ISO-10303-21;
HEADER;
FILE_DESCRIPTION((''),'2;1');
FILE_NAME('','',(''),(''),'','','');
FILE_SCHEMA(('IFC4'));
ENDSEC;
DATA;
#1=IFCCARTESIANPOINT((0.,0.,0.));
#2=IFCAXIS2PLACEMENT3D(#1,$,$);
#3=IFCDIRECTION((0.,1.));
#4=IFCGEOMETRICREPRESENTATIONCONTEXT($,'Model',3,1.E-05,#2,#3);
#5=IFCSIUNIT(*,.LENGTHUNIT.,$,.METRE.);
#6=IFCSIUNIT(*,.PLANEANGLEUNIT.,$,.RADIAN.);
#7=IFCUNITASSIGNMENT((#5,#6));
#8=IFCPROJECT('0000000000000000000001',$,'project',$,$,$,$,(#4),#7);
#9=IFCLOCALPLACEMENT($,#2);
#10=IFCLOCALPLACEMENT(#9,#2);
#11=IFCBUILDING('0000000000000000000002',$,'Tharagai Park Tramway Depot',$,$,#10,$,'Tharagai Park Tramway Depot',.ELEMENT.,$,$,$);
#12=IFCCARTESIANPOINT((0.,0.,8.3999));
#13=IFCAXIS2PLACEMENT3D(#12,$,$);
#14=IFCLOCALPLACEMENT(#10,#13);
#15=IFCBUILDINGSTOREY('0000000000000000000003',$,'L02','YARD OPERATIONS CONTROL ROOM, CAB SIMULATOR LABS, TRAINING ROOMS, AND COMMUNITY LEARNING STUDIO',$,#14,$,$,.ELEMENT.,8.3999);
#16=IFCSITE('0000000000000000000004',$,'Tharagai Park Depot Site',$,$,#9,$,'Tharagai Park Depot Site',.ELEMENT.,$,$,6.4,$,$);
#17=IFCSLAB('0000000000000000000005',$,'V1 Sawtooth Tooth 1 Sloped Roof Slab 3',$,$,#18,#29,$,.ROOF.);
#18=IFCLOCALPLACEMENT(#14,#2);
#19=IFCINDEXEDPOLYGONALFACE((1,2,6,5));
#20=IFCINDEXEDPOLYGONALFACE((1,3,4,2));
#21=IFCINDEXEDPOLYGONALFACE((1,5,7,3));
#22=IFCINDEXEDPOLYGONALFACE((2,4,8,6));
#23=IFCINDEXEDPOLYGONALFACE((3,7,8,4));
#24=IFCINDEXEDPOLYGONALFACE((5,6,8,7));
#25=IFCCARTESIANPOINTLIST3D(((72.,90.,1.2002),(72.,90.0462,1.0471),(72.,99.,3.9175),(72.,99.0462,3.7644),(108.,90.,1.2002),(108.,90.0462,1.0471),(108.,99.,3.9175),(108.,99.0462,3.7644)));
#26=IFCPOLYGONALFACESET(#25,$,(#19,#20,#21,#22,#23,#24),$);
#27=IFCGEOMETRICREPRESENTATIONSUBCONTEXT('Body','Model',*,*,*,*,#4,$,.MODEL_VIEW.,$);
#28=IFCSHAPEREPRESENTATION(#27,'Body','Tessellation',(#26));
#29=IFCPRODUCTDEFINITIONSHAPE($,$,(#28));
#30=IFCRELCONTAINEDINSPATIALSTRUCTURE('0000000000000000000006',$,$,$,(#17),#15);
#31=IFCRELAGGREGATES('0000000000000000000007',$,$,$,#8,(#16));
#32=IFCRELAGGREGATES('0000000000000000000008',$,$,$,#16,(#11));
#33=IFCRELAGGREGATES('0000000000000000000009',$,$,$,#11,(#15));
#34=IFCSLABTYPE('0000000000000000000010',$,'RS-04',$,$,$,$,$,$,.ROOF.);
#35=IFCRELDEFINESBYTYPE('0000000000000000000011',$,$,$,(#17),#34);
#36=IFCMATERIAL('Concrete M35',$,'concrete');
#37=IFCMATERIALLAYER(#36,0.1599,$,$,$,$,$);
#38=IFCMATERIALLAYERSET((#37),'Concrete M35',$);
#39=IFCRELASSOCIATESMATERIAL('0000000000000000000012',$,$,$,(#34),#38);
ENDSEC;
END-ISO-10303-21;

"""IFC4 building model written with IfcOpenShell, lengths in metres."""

from ifc_helpers import new_model, si_unit, direction, frame, origin, place, context, subcontext, project, spatial, polyline, outline, extrude, material, layer, layer_set, type_object, element, save


model = new_model("IFC4")

# Units and contexts
model_context = context("Model", 3, precision=1e-05, world=origin(), true_north=direction((0.0, 1.0)))
body_context = subcontext(model_context, "Body", "Model", "MODEL_VIEW")
ifc_project = project(units=[si_unit("LENGTHUNIT", "METRE"), si_unit("PLANEANGLEUNIT", "RADIAN")], contexts=[model_context])

# Site, building, storey
site_placement = place(None, origin())
site = spatial("IfcSite", under=ifc_project, at=site_placement, Name="Tharagai Park Depot Site", LongName="Tharagai Park Depot Site", CompositionType="ELEMENT", RefElevation=6.4)
building_placement = place(site_placement, origin())
building = spatial("IfcBuilding", under=site, at=building_placement, Name="Tharagai Park Tramway Depot", LongName="Tharagai Park Tramway Depot", CompositionType="ELEMENT")
storey_placement = place(building_placement, frame((0.0, 0.0, 8.3999)))
storey = spatial("IfcBuildingStorey", under=building, at=storey_placement, Name="L02", Description="YARD OPERATIONS CONTROL ROOM, CAB SIMULATOR LABS, TRAINING ROOMS, AND COMMUNITY LEARNING STUDIO", CompositionType="ELEMENT", Elevation=8.3999)

# Slab
ifc_material_1 = material(Name="Concrete M35", Category="concrete")
ifc_layer_1 = layer(ifc_material_1, 0.1599)
ifc_layer_set_1 = layer_set([ifc_layer_1], Name="Concrete M35")
slab_type_1 = type_object("IfcSlabType", Name="RS-04", PredefinedType="ROOF", material=ifc_layer_set_1)
slab_1_placement = place(storey_placement, frame((72.0, 90.0, 1.2002), z_axis=(0.0, -0.289034, 0.957319), x_axis=(1.0, 0.0, 0.0)))
element("IfcSlab", 1, at=slab_1_placement, inside=storey, type_object=slab_type_1, Name="V1 Sawtooth Tooth 1 Sloped Roof Slab 3", PredefinedType="ROOF", context=body_context, shape_type="SweptSolid", body=[
    extrude(outline(polyline([(0.0, 0.0), (36.0, 0.0), (36.0, 9.4013), (0.0, 9.4013), (0.0, 0.0)])), origin(), (0.0, 0.0, -1.0), 0.1599),
])

save(model, "model.ifc")
